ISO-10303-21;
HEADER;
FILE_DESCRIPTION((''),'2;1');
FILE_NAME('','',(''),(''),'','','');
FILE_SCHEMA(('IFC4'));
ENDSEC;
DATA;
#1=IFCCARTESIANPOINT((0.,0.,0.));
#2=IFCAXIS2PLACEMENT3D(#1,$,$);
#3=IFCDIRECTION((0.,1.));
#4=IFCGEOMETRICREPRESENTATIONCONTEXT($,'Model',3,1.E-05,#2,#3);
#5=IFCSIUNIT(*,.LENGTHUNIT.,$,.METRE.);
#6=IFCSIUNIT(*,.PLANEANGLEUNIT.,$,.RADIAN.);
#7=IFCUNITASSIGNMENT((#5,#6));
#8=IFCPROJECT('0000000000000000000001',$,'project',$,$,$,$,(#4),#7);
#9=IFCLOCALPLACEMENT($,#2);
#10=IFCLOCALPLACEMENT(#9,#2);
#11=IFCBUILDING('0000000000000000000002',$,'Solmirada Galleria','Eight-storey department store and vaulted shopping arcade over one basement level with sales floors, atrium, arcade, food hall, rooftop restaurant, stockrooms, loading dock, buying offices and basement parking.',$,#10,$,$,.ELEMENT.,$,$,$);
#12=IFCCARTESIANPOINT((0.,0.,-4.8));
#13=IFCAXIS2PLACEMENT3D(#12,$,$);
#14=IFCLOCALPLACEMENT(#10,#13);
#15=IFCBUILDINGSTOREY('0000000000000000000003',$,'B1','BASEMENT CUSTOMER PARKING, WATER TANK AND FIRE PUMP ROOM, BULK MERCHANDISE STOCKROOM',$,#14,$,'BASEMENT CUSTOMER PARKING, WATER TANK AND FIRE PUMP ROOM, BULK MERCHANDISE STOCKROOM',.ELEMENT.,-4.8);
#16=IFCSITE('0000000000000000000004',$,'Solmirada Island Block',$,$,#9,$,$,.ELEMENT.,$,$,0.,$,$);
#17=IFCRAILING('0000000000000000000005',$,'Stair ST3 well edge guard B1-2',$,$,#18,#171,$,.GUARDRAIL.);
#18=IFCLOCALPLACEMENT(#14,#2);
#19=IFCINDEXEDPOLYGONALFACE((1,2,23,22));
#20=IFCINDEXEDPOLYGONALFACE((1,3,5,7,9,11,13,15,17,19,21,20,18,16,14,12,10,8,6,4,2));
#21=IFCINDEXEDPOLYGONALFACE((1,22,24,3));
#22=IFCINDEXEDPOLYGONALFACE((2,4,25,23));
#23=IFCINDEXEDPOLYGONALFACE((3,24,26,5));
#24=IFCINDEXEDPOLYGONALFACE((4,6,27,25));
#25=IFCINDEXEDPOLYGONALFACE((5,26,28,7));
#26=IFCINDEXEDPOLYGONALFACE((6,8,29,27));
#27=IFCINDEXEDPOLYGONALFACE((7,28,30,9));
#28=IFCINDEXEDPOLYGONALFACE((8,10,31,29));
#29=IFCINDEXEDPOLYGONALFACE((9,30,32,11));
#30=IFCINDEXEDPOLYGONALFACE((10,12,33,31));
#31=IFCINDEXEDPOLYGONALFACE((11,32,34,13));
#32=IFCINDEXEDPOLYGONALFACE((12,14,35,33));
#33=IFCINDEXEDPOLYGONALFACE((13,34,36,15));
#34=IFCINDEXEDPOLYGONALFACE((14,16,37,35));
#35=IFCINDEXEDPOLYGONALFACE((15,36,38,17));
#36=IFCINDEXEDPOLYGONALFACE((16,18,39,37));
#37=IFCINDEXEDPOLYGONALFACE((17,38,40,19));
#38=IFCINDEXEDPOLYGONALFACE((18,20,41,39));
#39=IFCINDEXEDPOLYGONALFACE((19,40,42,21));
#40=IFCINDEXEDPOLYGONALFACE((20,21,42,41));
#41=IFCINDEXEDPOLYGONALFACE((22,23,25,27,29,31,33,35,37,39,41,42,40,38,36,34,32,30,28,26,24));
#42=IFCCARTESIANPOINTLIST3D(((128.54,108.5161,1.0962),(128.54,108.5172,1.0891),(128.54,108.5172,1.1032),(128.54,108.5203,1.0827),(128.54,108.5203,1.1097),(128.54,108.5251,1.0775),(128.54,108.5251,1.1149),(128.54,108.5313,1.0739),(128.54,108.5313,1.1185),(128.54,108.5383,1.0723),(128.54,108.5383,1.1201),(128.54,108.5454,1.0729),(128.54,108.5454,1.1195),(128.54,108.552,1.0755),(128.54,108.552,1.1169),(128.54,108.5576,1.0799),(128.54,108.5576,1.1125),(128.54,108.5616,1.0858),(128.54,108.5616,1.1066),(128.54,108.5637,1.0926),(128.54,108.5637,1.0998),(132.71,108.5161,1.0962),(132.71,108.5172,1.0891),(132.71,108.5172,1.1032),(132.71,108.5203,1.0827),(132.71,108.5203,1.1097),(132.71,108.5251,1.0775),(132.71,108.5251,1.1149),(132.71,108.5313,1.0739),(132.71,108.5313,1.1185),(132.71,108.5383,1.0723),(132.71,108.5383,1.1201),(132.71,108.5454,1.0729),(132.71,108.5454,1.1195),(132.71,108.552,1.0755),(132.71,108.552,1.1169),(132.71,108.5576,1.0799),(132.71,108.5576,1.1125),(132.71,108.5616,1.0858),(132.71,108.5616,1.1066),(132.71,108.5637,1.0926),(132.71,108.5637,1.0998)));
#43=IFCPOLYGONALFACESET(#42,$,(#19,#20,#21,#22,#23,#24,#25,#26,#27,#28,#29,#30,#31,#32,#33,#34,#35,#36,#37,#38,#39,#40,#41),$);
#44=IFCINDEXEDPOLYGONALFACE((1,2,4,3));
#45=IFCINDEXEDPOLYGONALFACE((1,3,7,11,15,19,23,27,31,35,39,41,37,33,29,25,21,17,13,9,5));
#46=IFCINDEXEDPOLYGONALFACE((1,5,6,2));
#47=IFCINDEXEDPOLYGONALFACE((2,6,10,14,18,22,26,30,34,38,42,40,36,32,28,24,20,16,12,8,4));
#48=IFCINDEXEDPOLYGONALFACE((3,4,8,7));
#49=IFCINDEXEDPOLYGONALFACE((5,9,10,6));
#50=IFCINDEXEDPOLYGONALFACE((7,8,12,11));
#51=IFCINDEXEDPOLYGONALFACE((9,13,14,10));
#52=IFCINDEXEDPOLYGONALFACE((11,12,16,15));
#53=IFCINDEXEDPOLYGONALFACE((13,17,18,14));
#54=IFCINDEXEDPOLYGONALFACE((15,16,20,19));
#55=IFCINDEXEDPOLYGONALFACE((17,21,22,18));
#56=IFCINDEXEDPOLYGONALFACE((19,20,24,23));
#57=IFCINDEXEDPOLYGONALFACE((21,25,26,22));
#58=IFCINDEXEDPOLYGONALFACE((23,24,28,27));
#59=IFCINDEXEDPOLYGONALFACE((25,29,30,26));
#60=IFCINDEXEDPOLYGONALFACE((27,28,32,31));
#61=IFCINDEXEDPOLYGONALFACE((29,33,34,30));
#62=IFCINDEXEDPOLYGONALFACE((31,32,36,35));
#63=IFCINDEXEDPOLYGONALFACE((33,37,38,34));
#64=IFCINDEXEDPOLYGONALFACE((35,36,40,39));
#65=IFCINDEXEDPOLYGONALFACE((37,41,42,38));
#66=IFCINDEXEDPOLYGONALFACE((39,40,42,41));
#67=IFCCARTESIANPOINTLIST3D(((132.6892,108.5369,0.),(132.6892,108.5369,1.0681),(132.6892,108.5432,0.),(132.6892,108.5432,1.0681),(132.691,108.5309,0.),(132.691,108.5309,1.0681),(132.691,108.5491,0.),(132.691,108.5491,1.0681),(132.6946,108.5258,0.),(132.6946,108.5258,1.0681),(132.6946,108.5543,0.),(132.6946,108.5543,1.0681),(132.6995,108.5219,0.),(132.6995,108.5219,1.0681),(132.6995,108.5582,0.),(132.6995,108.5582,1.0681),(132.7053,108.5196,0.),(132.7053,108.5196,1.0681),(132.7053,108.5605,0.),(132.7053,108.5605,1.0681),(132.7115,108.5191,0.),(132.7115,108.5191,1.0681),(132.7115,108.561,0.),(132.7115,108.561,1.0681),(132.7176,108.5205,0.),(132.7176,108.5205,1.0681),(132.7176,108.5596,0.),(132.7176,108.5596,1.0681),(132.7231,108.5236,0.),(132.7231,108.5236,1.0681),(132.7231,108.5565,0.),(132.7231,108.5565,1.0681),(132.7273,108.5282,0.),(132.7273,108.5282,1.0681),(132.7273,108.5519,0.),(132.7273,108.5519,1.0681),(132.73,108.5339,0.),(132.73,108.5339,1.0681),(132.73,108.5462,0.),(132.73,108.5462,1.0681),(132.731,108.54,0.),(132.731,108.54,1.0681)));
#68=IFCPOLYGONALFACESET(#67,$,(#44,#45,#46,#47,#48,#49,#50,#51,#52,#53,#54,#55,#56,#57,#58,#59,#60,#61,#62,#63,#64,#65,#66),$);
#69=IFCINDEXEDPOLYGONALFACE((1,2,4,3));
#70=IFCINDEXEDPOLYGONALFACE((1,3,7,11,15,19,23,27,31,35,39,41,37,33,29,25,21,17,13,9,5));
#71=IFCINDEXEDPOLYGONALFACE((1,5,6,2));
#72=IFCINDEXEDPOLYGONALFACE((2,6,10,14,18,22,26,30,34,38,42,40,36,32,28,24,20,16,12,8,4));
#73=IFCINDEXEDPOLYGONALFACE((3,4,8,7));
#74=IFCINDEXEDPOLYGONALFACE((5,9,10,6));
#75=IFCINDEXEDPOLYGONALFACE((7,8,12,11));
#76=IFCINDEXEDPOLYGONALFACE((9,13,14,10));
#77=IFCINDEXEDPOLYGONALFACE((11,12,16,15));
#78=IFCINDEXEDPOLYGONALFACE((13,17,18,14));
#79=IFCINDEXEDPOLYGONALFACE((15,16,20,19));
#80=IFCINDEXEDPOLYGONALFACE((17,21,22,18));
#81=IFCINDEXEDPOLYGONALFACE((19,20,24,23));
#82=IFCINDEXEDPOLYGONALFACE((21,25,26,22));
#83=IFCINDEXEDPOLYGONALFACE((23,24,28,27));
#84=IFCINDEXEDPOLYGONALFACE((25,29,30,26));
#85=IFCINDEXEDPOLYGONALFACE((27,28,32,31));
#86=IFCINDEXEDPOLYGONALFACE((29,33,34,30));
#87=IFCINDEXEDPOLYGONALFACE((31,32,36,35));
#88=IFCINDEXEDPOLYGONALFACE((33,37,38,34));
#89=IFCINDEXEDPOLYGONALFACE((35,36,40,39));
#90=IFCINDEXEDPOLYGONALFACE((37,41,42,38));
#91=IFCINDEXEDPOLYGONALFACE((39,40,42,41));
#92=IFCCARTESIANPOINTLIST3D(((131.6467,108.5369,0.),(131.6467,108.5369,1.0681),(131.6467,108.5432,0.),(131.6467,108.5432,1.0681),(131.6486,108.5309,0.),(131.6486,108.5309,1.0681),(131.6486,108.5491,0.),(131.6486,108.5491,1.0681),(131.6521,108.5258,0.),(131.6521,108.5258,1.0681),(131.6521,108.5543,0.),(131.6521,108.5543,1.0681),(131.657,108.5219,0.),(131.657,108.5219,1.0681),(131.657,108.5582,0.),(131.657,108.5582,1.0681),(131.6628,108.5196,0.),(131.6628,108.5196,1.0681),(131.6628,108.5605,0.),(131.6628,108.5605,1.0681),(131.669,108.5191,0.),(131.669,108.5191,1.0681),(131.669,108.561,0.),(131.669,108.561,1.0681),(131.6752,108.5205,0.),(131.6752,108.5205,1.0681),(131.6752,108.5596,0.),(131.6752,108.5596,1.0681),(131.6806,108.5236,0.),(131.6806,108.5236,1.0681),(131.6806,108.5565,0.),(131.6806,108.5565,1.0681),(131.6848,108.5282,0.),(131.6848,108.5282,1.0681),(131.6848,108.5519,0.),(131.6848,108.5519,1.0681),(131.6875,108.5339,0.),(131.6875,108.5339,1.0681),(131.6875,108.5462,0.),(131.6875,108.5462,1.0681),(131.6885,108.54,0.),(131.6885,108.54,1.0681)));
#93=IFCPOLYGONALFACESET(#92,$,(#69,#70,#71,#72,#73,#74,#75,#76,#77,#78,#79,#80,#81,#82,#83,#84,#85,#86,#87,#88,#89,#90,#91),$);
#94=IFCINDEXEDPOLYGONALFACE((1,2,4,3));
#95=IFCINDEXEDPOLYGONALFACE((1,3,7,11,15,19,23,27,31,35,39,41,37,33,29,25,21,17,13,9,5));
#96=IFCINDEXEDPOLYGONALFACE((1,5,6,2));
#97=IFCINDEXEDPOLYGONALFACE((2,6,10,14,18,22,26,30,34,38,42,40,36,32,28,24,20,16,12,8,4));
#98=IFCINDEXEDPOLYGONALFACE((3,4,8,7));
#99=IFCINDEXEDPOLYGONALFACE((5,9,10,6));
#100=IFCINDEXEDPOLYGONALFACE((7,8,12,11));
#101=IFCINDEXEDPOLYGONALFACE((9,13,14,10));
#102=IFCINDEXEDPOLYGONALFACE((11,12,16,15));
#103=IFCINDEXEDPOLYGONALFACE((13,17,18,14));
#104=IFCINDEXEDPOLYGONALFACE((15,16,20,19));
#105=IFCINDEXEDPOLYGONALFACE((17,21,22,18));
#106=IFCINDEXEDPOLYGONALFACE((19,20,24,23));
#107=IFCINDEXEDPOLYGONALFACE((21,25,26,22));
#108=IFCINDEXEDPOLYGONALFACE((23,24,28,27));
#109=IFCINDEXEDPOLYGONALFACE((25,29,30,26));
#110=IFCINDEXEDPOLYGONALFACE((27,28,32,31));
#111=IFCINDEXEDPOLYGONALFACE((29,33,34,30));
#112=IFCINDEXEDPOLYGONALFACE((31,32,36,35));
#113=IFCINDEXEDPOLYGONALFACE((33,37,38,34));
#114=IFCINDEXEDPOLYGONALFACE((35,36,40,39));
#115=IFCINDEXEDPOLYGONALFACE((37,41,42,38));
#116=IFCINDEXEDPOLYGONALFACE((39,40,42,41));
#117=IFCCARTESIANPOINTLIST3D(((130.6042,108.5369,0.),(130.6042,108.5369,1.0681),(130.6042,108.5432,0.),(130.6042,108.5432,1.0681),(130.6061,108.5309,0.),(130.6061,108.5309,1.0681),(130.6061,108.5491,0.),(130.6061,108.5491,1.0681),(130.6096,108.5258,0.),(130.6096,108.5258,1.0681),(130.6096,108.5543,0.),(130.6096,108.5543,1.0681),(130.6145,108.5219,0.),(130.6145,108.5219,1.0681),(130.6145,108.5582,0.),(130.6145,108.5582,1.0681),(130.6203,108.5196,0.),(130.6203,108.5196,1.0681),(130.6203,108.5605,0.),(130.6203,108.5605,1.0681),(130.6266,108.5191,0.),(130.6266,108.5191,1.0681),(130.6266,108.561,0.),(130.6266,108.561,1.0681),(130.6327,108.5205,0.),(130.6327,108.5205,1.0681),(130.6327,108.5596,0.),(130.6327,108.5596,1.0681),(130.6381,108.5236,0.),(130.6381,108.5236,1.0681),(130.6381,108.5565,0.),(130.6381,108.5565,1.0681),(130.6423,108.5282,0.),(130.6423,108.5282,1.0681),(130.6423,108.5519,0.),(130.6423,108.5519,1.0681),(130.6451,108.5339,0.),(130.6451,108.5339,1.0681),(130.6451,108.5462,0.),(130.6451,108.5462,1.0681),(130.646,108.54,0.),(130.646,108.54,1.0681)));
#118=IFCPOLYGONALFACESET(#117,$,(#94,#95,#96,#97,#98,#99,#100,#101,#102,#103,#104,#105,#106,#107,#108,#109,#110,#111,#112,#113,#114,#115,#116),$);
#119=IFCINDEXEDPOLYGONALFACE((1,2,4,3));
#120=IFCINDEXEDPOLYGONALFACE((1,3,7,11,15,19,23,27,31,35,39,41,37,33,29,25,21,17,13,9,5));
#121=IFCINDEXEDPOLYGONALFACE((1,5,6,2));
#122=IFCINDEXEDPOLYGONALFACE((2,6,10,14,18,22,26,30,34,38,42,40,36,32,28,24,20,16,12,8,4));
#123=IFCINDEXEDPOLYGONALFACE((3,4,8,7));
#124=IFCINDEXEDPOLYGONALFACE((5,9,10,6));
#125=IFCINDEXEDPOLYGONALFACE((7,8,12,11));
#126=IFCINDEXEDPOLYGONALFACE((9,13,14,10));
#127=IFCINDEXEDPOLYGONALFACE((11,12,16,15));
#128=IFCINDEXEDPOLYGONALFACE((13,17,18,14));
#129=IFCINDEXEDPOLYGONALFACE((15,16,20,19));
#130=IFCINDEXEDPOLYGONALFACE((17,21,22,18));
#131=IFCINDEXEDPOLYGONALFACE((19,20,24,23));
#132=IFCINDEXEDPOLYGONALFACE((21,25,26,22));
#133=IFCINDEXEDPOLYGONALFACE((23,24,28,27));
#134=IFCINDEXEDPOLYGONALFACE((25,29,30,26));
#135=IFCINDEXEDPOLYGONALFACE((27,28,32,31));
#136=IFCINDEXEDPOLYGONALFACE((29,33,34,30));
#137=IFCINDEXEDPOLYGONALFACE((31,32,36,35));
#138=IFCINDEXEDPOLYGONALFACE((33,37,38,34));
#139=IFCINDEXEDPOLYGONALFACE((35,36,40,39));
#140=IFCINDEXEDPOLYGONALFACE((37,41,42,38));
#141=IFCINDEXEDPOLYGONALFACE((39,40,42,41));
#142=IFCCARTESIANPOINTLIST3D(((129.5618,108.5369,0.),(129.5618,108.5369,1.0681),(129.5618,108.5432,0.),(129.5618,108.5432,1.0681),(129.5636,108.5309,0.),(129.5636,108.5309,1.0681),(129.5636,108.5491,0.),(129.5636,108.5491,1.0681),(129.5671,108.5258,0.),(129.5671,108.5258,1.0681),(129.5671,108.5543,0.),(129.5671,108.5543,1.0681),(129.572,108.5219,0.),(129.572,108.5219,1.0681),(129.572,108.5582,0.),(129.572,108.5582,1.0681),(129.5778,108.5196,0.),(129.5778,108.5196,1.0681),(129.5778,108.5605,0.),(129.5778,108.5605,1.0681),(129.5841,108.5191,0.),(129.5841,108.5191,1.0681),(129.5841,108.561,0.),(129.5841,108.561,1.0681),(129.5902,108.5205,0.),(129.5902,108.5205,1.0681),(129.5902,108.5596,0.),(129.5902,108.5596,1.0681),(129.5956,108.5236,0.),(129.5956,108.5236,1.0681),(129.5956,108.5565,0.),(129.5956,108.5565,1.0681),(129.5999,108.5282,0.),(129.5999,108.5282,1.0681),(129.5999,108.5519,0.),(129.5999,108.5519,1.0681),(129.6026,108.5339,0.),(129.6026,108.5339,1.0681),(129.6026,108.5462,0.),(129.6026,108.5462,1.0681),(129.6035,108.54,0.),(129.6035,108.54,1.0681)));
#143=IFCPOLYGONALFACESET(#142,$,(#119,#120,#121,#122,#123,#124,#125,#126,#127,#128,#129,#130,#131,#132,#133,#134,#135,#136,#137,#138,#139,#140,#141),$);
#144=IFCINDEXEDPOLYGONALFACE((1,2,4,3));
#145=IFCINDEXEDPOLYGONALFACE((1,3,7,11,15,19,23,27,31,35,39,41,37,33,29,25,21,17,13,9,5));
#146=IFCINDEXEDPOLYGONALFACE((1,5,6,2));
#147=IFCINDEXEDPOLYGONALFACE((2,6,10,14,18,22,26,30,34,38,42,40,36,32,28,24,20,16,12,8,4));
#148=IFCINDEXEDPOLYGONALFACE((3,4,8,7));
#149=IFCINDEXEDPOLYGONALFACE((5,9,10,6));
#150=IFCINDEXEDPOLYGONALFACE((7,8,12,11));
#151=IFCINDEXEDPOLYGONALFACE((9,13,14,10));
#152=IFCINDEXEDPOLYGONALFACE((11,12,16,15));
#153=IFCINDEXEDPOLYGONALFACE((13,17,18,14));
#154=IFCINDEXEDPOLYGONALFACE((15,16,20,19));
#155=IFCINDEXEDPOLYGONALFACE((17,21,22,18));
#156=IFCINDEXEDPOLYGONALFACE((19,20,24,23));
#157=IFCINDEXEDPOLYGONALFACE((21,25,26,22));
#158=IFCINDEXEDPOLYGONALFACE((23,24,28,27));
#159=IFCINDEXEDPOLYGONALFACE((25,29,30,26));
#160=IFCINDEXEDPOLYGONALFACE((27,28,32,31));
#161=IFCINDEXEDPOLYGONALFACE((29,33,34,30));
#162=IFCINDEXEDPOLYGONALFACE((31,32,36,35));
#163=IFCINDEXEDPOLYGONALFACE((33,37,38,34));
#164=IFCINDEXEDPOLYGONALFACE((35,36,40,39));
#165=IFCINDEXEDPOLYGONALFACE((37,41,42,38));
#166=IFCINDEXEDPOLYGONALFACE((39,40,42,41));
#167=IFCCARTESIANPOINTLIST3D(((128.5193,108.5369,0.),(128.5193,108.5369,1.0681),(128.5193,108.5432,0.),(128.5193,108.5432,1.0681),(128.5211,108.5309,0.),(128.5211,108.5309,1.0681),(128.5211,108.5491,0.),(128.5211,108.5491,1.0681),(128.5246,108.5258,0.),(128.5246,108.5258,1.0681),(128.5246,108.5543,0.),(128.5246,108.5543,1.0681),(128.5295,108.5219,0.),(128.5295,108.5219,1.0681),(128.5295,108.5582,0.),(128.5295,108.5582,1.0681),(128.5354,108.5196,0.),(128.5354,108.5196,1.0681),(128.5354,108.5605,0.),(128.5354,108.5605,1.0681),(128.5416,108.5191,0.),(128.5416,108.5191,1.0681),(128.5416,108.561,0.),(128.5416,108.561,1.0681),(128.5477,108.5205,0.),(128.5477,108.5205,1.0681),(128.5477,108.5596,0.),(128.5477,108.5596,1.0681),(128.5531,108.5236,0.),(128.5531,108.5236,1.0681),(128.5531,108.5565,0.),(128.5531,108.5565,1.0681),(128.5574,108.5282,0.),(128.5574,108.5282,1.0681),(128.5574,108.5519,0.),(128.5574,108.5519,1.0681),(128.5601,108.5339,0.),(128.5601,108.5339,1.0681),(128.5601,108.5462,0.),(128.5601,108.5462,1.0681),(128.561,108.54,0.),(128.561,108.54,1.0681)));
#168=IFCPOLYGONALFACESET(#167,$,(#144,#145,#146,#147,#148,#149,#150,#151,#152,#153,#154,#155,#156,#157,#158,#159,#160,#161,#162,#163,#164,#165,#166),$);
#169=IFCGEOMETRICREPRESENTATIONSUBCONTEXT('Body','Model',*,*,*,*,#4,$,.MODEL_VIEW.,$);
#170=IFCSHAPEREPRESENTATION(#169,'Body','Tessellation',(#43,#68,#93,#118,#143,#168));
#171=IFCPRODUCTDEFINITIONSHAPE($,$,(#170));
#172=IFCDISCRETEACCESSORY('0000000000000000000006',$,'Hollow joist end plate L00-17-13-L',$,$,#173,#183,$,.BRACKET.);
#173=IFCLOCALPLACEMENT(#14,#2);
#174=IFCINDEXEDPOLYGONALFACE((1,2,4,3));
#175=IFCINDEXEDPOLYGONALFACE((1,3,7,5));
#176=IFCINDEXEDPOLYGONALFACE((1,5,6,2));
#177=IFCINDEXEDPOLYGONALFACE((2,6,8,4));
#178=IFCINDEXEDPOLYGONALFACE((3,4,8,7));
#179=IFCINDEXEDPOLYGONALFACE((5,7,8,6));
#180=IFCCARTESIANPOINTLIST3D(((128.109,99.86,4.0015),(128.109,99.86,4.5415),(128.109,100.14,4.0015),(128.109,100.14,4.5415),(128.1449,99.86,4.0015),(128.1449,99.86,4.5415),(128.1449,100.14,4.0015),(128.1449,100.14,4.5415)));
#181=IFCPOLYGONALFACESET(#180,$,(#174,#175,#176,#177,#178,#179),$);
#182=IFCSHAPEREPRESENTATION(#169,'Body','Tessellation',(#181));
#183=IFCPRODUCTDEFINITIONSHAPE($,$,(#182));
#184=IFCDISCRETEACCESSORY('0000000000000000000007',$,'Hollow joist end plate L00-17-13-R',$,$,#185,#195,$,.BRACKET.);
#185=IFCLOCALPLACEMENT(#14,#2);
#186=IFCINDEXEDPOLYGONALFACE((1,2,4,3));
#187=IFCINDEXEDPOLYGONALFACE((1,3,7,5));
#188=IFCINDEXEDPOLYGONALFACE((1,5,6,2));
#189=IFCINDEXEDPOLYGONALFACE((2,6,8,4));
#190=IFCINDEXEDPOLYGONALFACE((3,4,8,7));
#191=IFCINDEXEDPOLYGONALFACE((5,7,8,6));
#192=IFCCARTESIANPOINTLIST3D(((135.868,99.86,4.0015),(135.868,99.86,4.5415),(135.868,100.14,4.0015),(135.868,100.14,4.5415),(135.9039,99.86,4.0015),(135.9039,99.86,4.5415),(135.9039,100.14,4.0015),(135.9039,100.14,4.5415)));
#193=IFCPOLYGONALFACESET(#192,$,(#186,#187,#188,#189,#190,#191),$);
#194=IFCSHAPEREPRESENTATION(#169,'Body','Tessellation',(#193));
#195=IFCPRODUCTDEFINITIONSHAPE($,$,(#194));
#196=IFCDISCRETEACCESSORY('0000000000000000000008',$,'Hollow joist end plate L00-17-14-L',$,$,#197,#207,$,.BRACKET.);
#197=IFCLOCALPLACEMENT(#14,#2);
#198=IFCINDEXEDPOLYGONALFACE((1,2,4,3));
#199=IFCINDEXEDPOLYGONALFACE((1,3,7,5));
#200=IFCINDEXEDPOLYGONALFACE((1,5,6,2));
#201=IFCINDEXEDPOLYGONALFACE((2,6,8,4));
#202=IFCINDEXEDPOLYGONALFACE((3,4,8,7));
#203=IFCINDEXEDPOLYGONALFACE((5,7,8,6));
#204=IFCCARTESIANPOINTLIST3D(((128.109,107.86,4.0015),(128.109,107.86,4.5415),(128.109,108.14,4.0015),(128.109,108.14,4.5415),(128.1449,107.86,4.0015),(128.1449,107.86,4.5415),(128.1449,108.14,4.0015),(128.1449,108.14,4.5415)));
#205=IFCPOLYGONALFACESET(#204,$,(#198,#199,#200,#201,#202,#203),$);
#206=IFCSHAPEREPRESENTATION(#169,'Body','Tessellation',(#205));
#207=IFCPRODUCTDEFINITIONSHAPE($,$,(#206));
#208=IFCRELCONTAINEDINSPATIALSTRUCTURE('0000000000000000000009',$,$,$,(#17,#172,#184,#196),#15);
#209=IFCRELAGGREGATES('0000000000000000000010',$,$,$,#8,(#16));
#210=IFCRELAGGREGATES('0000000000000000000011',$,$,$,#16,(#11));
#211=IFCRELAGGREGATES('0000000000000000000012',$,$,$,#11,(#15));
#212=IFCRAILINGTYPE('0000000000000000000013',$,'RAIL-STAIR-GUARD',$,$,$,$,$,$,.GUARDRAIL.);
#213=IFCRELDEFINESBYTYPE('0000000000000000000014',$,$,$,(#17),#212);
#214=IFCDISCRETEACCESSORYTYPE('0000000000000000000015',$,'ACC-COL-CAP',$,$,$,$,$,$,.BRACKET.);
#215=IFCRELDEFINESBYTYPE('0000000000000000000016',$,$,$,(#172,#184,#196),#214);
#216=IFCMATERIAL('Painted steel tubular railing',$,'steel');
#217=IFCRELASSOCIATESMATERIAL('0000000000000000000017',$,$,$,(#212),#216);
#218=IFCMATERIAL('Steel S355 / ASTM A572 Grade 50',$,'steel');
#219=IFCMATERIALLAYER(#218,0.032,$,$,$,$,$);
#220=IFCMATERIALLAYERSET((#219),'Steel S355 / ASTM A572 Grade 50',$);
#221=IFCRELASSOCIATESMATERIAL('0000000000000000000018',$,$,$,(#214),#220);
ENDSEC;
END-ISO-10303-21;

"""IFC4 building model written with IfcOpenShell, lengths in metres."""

from ifc_helpers import new_model, si_unit, direction, frame, origin, origin_2d, place, context, subcontext, project, spatial, rectangle, circle, extrude, material, layer, layer_set, type_object, element, save


model = new_model("IFC4")

# Units and contexts
model_context = context("Model", 3, precision=1e-05, world=origin(), true_north=direction((0.0, 1.0)))
body_context = subcontext(model_context, "Body", "Model", "MODEL_VIEW")
ifc_project = project(units=[si_unit("LENGTHUNIT", "METRE"), si_unit("PLANEANGLEUNIT", "RADIAN")], contexts=[model_context])

# Site, building, storey
site_placement = place(None, origin())
site = spatial("IfcSite", under=ifc_project, at=site_placement, Name="Solmirada Island Block", CompositionType="ELEMENT", RefElevation=0.0)
building_placement = place(site_placement, origin())
building = spatial("IfcBuilding", under=site, at=building_placement, Name="Solmirada Galleria", Description="Eight-storey department store and vaulted shopping arcade over one basement level with sales floors, atrium, arcade, food hall, rooftop restaurant, stockrooms, loading dock, buying offices and basement parking.", CompositionType="ELEMENT")
storey_placement = place(building_placement, frame((0.0, 0.0, -4.8)))
storey = spatial("IfcBuildingStorey", under=building, at=storey_placement, Name="B1", Description="BASEMENT CUSTOMER PARKING, WATER TANK AND FIRE PUMP ROOM, BULK MERCHANDISE STOCKROOM", LongName="BASEMENT CUSTOMER PARKING, WATER TANK AND FIRE PUMP ROOM, BULK MERCHANDISE STOCKROOM", CompositionType="ELEMENT", Elevation=-4.8)

# Railing
ifc_material_1 = material(Name="Painted steel tubular railing", Category="steel")
railing_type = type_object("IfcRailingType", Name="RAIL-STAIR-GUARD", PredefinedType="GUARDRAIL", material=ifc_material_1)
railing_1_placement = place(storey_placement, frame((132.71, 108.54, 0.0)))
element("IfcRailing", 1, at=railing_1_placement, inside=storey, type_object=railing_type, Name="Stair ST3 well edge guard B1-2", PredefinedType="GUARDRAIL", context=body_context, shape_type="SweptSolid", body=[
    extrude(circle(Radius=0.0239, at=origin_2d()), frame((0.0, 0.0, 1.0962), z_axis=(-1.0, 0.0, 0.0), x_axis=(0.0, -1.0, 0.0)), (0.0, 0.0, 1.0), 4.1699),
    extrude(circle(Radius=0.021, at=origin_2d()), origin(), (0.0, 0.0, 1.0), 1.0681),
    extrude(circle(Radius=0.021, at=origin_2d()), frame((-1.0425, 0.0, 0.0)), (0.0, 0.0, 1.0), 1.0681),
    extrude(circle(Radius=0.021, at=origin_2d()), frame((-2.085, 0.0, 0.0)), (0.0, 0.0, 1.0), 1.0681),
    extrude(circle(Radius=0.021, at=origin_2d()), frame((-3.1274, 0.0, 0.0)), (0.0, 0.0, 1.0), 1.0681),
    extrude(circle(Radius=0.021, at=origin_2d()), frame((-4.1699, 0.0, 0.0)), (0.0, 0.0, 1.0), 1.0681),
])

# Discrete accessories
ifc_material_2 = material(Name="Steel S355 / ASTM A572 Grade 50", Category="steel")
ifc_layer_1 = layer(ifc_material_2, 0.032)
ifc_layer_set_1 = layer_set([ifc_layer_1], Name="Steel S355 / ASTM A572 Grade 50")
discrete_accessory_type = type_object("IfcDiscreteAccessoryType", Name="ACC-COL-CAP", PredefinedType="BRACKET", material=ifc_layer_set_1)
for number, where, z_axis, x_axis, name in (
    (2, (128.127, 100.0, 4.0015), (0.0, 0.0, 1.0), (1.0, 0.0, 0.0), "Hollow joist end plate L00-17-13-L"),
    (3, (135.886, 100.0, 4.0015), (0.0, 0.0, 1.0), (1.0, 0.0, 0.0), "Hollow joist end plate L00-17-13-R"),
    (4, (128.127, 108.0, 4.0015), (0.0, 0.0, 1.0), (1.0, 0.0, 0.0), "Hollow joist end plate L00-17-14-L"),
):
    element("IfcDiscreteAccessory", number, at=place(storey_placement, frame(where, z_axis=z_axis, x_axis=x_axis)), inside=storey, type_object=discrete_accessory_type, Name=name, PredefinedType="BRACKET", context=body_context, shape_type="SweptSolid", body=[
        extrude(rectangle(XDim=0.0359, YDim=0.28, at=origin_2d()), origin(), (0.0, 0.0, 1.0), 0.54),
    ])

save(model, "model.ifc")
